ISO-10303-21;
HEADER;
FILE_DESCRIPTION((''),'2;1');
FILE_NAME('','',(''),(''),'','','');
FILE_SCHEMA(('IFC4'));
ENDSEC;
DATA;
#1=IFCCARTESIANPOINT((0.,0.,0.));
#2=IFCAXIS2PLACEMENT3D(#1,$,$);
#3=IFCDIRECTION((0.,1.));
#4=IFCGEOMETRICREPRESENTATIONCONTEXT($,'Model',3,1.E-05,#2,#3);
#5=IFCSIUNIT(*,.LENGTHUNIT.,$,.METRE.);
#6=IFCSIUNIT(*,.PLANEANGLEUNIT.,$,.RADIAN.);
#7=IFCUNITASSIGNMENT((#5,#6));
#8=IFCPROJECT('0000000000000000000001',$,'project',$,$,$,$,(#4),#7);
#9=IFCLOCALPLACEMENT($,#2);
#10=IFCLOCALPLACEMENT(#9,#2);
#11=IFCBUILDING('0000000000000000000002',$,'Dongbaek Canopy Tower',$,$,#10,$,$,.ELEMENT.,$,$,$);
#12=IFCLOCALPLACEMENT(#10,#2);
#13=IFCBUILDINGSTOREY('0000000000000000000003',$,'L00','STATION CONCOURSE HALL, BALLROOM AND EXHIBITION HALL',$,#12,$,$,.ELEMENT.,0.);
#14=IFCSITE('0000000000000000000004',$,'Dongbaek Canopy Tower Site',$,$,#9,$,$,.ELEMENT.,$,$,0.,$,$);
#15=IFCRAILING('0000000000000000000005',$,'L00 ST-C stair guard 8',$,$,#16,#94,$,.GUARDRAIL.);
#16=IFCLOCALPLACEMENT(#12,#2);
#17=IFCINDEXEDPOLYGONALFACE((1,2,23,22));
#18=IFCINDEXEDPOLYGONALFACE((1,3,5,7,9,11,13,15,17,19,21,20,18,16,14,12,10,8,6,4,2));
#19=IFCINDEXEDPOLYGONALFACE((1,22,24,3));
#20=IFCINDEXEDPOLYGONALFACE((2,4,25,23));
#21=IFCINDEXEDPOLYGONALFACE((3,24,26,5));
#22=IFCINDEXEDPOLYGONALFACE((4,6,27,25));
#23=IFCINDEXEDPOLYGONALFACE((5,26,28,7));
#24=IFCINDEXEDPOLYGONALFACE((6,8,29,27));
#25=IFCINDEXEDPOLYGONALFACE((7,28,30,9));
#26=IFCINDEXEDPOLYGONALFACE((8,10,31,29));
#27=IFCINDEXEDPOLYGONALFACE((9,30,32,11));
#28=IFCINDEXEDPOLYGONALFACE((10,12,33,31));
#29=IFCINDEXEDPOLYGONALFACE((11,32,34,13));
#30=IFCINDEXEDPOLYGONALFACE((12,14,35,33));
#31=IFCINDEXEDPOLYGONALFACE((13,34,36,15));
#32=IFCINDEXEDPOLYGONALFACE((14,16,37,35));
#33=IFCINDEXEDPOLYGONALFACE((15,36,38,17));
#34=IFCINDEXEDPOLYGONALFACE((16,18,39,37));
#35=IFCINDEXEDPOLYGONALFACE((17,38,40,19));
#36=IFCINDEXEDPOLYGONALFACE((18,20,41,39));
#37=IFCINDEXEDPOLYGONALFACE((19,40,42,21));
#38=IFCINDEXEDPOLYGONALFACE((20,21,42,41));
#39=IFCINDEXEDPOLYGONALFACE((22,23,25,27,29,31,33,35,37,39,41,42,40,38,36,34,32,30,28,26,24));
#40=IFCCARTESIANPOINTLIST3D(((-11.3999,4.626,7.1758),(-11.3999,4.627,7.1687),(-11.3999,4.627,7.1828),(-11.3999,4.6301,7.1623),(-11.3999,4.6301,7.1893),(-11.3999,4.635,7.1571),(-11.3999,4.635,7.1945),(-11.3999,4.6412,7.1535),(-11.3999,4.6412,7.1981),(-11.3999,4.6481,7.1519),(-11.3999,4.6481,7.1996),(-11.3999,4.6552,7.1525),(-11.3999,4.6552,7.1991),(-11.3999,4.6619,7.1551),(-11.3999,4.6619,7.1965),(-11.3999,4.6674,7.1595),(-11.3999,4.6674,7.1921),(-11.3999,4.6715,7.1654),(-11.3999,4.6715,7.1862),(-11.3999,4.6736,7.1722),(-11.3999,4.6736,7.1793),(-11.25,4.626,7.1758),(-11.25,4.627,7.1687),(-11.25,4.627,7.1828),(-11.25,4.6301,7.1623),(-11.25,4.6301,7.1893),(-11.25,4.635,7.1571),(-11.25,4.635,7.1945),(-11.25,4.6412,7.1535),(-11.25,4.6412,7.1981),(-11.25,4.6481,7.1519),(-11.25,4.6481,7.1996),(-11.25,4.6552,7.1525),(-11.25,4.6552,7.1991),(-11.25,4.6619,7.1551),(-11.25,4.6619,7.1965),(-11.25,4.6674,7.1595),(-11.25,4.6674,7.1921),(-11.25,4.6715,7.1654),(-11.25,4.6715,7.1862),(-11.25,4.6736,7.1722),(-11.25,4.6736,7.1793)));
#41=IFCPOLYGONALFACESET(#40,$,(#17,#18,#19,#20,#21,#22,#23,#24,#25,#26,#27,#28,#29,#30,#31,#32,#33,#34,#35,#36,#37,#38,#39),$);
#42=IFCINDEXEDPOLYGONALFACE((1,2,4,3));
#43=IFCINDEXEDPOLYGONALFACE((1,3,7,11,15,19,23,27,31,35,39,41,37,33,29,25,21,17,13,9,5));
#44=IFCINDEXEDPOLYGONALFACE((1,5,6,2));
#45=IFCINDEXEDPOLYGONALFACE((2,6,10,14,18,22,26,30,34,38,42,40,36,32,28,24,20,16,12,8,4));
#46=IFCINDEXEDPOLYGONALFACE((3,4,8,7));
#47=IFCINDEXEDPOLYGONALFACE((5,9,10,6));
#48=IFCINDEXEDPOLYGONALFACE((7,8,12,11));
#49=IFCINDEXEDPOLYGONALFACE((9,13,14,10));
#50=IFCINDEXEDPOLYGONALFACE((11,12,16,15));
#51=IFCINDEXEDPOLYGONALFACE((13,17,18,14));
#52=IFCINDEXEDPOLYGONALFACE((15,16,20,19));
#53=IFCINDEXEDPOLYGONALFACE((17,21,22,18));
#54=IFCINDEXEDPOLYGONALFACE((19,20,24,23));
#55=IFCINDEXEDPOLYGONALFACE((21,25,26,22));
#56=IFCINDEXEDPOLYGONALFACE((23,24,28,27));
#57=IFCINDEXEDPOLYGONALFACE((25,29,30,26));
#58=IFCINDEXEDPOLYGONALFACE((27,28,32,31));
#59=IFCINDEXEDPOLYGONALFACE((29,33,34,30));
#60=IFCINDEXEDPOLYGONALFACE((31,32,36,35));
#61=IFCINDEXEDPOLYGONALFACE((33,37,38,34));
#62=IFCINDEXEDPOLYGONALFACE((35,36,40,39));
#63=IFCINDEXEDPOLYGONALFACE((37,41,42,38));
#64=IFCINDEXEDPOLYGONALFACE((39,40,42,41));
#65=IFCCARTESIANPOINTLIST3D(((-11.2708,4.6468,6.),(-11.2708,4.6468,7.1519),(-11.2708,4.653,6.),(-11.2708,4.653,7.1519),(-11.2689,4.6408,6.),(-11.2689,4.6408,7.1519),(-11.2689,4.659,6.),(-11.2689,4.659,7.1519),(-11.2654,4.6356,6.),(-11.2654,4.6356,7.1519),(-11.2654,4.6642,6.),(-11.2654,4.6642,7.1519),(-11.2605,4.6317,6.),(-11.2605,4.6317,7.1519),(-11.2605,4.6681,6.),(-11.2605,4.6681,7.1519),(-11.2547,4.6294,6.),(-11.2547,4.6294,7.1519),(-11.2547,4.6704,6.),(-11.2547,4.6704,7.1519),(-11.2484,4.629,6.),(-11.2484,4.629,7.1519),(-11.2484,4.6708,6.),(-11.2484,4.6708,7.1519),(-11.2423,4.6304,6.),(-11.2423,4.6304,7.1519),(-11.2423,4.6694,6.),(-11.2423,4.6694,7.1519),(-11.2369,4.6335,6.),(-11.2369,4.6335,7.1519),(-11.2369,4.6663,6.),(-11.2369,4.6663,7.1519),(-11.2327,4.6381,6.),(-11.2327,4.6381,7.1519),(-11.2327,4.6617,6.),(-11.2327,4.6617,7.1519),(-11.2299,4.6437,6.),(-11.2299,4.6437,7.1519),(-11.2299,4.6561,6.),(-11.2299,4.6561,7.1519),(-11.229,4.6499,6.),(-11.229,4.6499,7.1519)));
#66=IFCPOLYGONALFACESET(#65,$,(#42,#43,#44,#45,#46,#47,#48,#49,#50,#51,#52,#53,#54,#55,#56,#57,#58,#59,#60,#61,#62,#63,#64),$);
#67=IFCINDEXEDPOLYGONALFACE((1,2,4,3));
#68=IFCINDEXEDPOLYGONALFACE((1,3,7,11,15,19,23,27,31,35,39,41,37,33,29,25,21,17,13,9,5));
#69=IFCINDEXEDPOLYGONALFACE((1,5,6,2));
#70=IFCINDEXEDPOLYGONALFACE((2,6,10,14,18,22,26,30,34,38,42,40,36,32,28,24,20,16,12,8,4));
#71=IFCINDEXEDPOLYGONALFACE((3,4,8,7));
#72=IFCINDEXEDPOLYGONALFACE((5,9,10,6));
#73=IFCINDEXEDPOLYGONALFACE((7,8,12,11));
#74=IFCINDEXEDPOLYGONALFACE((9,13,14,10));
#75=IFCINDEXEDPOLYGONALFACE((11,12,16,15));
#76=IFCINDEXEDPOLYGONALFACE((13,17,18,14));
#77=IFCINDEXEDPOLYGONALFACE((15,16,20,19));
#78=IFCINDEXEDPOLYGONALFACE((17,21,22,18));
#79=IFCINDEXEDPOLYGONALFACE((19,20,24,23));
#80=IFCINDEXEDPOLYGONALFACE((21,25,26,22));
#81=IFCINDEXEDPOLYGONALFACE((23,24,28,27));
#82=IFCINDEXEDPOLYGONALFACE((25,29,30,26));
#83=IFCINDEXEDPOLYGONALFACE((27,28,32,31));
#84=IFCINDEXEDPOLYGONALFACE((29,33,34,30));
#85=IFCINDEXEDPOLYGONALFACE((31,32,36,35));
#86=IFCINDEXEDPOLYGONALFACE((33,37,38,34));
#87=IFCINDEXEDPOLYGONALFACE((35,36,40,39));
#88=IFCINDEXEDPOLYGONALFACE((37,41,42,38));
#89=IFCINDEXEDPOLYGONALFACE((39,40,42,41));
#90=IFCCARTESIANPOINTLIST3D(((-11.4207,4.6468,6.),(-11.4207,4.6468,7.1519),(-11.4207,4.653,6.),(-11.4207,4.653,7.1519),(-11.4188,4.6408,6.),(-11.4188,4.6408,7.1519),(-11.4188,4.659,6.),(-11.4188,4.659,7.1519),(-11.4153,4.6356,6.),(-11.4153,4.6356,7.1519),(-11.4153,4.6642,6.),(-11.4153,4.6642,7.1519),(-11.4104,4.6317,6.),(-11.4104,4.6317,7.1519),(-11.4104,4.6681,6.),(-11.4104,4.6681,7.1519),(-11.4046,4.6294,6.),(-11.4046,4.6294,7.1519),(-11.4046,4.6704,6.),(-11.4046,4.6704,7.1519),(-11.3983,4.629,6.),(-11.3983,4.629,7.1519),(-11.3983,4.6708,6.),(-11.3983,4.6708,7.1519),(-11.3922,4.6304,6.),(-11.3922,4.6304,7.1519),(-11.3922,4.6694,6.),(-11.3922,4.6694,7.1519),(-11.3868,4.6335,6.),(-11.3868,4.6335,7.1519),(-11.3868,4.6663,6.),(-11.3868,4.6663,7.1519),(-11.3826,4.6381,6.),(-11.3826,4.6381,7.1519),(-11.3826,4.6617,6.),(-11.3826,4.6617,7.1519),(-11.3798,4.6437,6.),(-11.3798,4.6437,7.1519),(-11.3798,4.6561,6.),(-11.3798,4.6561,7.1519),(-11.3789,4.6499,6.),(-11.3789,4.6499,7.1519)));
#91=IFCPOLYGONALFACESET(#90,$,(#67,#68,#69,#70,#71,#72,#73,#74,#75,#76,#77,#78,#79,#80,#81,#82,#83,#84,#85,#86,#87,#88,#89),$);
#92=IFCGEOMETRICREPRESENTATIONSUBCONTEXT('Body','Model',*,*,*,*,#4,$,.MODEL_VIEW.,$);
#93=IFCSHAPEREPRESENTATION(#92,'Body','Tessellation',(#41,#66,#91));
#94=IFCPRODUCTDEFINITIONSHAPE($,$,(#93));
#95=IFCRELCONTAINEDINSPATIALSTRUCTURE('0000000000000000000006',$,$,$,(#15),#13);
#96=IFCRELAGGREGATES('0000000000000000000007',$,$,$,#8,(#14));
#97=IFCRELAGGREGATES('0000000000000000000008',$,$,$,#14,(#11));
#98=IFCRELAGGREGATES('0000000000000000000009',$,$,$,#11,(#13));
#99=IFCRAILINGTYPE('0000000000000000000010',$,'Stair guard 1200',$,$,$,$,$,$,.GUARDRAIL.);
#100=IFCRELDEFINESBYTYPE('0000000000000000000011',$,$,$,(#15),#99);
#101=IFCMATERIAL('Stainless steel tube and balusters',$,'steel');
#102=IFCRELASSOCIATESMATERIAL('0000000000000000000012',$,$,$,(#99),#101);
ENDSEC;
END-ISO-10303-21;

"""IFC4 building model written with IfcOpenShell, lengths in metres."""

from ifc_helpers import new_model, si_unit, direction, frame, origin, origin_2d, place, context, subcontext, project, spatial, circle, extrude, material, type_object, element, save


model = new_model("IFC4")

# Units and contexts
model_context = context("Model", 3, precision=1e-05, world=origin(), true_north=direction((0.0, 1.0)))
body_context = subcontext(model_context, "Body", "Model", "MODEL_VIEW")
ifc_project = project(units=[si_unit("LENGTHUNIT", "METRE"), si_unit("PLANEANGLEUNIT", "RADIAN")], contexts=[model_context])

# Site, building, storey
site_placement = place(None, origin())
site = spatial("IfcSite", under=ifc_project, at=site_placement, Name="Dongbaek Canopy Tower Site", CompositionType="ELEMENT", RefElevation=0.0)
building_placement = place(site_placement, origin())
building = spatial("IfcBuilding", under=site, at=building_placement, Name="Dongbaek Canopy Tower", CompositionType="ELEMENT")
storey_placement = place(building_placement, origin())
storey = spatial("IfcBuildingStorey", under=building, at=storey_placement, Name="L00", Description="STATION CONCOURSE HALL, BALLROOM AND EXHIBITION HALL", CompositionType="ELEMENT", Elevation=0.0)

# Railing
ifc_material_1 = material(Name="Stainless steel tube and balusters", Category="steel")
railing_type_1 = type_object("IfcRailingType", Name="Stair guard 1200", PredefinedType="GUARDRAIL", material=ifc_material_1)
railing_1_placement = place(storey_placement, frame((-11.25, 4.6499, 6.0)))
element("IfcRailing", 1, at=railing_1_placement, inside=storey, type_object=railing_type_1, Name="L00 ST-C stair guard 8", PredefinedType="GUARDRAIL", context=body_context, shape_type="SweptSolid", body=[
    extrude(circle(Radius=0.0239, at=origin_2d()), frame((0.0, 0.0, 1.1758), z_axis=(-1.0, 0.0, 0.0), x_axis=(0.0, -1.0, 0.0)), (0.0, 0.0, 1.0), 0.1499),
    extrude(circle(Radius=0.021, at=origin_2d()), origin(), (0.0, 0.0, 1.0), 1.1519),
    extrude(circle(Radius=0.021, at=origin_2d()), frame((-0.1499, 0.0, 0.0)), (0.0, 0.0, 1.0), 1.1519),
])

save(model, "model.ifc")
